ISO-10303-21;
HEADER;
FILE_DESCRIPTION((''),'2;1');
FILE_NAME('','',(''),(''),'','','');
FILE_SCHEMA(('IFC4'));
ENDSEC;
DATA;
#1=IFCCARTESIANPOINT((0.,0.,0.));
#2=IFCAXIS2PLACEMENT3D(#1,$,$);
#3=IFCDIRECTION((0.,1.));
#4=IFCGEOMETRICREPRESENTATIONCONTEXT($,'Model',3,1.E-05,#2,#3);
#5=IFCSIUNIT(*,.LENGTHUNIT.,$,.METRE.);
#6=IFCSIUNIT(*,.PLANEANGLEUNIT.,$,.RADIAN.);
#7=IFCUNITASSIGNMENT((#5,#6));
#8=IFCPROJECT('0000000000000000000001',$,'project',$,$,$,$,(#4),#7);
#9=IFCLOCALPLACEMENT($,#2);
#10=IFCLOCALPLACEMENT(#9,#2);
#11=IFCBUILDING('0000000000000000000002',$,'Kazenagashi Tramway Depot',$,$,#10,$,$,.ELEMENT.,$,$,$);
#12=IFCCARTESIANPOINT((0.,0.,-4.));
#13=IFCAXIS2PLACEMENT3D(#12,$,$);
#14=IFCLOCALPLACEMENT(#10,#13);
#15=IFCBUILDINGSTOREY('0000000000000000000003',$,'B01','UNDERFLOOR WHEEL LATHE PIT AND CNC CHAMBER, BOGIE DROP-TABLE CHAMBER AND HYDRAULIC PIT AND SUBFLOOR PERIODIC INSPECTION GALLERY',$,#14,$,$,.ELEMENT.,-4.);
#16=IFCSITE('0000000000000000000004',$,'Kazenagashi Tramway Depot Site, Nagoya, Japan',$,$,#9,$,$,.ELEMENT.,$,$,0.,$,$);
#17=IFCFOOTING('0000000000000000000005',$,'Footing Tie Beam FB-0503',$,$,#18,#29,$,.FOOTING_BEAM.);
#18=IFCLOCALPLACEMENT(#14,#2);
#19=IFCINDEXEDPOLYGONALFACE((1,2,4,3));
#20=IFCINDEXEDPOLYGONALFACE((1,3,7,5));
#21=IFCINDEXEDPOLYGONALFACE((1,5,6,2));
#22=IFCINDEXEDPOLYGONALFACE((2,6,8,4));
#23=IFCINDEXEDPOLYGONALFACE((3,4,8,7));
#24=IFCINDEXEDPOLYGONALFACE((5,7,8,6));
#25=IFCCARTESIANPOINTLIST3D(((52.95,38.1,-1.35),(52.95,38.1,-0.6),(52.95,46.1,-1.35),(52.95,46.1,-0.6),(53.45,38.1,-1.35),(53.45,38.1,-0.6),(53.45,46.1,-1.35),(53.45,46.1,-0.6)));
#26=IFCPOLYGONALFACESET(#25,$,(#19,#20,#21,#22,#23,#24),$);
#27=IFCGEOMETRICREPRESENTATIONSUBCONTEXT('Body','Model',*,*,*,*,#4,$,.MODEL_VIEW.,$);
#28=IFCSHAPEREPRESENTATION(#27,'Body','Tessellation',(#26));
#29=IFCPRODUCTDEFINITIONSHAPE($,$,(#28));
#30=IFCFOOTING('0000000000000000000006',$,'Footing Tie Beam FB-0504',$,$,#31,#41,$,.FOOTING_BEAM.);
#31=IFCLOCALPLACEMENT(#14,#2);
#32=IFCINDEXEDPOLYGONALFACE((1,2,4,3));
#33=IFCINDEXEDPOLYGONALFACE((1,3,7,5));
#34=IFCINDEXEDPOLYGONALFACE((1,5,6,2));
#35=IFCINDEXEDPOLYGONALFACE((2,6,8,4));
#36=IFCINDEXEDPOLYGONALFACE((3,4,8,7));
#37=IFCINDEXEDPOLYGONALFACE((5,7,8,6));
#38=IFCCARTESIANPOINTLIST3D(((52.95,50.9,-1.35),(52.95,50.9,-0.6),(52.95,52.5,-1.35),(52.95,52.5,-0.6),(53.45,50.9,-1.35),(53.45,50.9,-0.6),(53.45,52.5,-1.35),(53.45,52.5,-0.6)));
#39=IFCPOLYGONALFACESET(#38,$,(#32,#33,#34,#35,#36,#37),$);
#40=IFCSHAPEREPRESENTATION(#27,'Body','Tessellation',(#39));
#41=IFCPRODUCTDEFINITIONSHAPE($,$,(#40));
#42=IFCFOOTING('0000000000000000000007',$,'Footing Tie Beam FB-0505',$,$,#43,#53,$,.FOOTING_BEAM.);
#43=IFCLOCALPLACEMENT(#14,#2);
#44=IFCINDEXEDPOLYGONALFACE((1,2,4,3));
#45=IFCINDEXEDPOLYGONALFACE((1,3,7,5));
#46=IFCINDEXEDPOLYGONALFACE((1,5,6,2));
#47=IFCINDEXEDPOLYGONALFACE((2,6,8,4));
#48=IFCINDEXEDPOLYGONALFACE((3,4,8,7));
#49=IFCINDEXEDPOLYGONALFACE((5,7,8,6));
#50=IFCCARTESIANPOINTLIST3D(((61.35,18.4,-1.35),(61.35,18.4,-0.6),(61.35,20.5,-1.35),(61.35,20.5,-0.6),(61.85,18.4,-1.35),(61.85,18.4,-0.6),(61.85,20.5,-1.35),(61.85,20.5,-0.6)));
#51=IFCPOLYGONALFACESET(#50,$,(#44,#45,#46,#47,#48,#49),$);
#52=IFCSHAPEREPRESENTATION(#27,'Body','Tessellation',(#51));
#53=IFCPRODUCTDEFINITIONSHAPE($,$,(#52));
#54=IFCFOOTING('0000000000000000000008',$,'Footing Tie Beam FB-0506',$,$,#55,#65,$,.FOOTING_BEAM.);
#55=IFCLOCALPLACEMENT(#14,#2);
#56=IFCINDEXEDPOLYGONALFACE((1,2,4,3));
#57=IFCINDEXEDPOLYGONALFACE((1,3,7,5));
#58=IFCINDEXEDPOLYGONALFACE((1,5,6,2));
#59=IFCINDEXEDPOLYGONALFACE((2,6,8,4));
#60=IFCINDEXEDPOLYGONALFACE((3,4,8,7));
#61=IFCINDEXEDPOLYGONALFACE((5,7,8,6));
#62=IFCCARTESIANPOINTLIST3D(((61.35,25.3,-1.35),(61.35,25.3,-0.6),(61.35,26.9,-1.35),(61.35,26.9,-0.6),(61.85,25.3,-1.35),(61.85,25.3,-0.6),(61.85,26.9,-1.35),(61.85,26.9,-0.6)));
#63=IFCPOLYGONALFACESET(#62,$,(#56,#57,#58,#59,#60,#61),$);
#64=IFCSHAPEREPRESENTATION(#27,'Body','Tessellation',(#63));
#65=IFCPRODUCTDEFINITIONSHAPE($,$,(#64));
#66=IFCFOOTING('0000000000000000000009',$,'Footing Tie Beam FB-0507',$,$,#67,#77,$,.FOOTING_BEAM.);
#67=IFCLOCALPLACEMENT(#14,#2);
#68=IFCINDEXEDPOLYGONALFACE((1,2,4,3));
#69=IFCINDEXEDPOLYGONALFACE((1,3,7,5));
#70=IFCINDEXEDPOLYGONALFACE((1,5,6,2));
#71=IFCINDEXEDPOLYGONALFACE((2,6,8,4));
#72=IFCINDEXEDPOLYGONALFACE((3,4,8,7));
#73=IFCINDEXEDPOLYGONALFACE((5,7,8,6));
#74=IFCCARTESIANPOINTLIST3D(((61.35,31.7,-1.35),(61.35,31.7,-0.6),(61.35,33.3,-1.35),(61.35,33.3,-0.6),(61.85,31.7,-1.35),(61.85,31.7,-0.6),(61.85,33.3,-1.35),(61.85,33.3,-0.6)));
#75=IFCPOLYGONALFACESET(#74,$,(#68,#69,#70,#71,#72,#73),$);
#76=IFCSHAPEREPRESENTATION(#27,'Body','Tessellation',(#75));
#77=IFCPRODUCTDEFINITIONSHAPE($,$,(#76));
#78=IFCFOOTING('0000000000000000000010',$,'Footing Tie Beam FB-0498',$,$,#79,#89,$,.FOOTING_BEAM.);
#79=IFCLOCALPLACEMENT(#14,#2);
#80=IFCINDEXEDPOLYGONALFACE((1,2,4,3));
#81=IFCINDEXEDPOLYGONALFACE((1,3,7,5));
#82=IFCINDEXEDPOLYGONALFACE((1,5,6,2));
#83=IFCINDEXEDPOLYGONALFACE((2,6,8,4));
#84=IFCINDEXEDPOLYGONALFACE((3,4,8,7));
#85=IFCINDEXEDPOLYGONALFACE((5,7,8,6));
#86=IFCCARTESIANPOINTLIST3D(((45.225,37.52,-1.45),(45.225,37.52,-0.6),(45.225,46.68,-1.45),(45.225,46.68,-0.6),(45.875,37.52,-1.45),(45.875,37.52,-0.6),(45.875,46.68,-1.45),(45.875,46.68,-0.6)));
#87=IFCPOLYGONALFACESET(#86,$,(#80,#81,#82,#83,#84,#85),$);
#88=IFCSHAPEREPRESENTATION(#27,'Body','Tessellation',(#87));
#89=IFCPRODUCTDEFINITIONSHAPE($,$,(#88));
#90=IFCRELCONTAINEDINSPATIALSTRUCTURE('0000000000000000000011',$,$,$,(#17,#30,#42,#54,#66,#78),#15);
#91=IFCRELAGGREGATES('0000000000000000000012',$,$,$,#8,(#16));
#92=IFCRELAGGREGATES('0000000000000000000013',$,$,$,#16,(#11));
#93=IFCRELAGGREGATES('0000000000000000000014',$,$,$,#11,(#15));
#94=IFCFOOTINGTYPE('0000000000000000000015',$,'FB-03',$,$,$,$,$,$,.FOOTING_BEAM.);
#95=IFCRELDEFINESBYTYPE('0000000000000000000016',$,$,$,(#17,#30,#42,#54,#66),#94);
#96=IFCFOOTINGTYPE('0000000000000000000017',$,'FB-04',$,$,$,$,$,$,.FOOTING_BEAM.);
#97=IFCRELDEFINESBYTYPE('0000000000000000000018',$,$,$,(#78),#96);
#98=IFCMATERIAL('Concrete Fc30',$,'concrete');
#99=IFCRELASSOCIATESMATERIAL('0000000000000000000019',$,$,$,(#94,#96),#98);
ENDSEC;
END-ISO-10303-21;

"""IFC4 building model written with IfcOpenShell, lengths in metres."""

from ifc_helpers import new_model, si_unit, direction, frame, origin, place, context, subcontext, project, spatial, polyline, outline, extrude, material, type_object, element, save


model = new_model("IFC4")

# Units and contexts
model_context = context("Model", 3, precision=1e-05, world=origin(), true_north=direction((0.0, 1.0)))
body_context = subcontext(model_context, "Body", "Model", "MODEL_VIEW")
ifc_project = project(units=[si_unit("LENGTHUNIT", "METRE"), si_unit("PLANEANGLEUNIT", "RADIAN")], contexts=[model_context])

# Site, building, storey
site_placement = place(None, origin())
site = spatial("IfcSite", under=ifc_project, at=site_placement, Name="Kazenagashi Tramway Depot Site, Nagoya, Japan", CompositionType="ELEMENT", RefElevation=0.0)
building_placement = place(site_placement, origin())
building = spatial("IfcBuilding", under=site, at=building_placement, Name="Kazenagashi Tramway Depot", CompositionType="ELEMENT")
storey_placement = place(building_placement, frame((0.0, 0.0, -4.0)))
storey = spatial("IfcBuildingStorey", under=building, at=storey_placement, Name="B01", Description="UNDERFLOOR WHEEL LATHE PIT AND CNC CHAMBER, BOGIE DROP-TABLE CHAMBER AND HYDRAULIC PIT AND SUBFLOOR PERIODIC INSPECTION GALLERY", CompositionType="ELEMENT", Elevation=-4.0)

# Footings
ifc_material = material(Name="Concrete Fc30", Category="concrete")
footing_type_1 = type_object("IfcFootingType", Name="FB-03", PredefinedType="FOOTING_BEAM", material=ifc_material)
footing_1_placement = place(storey_placement, frame((0.0, 0.0, -1.35)))
element("IfcFooting", 1, at=footing_1_placement, inside=storey, type_object=footing_type_1, Name="Footing Tie Beam FB-0503", PredefinedType="FOOTING_BEAM", context=body_context, shape_type="SweptSolid", body=[
    extrude(outline(polyline([(52.95, 38.1), (53.45, 38.1), (53.45, 46.1), (52.95, 46.1), (52.95, 38.1)])), origin(), (0.0, 0.0, 1.0), 0.75),
])
footing_2_placement = place(storey_placement, frame((0.0, 0.0, -1.35)))
element("IfcFooting", 2, at=footing_2_placement, inside=storey, type_object=footing_type_1, Name="Footing Tie Beam FB-0504", PredefinedType="FOOTING_BEAM", context=body_context, shape_type="SweptSolid", body=[
    extrude(outline(polyline([(52.95, 50.9), (53.45, 50.9), (53.45, 52.5), (52.95, 52.5), (52.95, 50.9)])), origin(), (0.0, 0.0, 1.0), 0.75),
])
footing_3_placement = place(storey_placement, frame((0.0, 0.0, -1.35)))
element("IfcFooting", 3, at=footing_3_placement, inside=storey, type_object=footing_type_1, Name="Footing Tie Beam FB-0505", PredefinedType="FOOTING_BEAM", context=body_context, shape_type="SweptSolid", body=[
    extrude(outline(polyline([(61.35, 18.4), (61.85, 18.4), (61.85, 20.5), (61.35, 20.5), (61.35, 18.4)])), origin(), (0.0, 0.0, 1.0), 0.75),
])
footing_4_placement = place(storey_placement, frame((0.0, 0.0, -1.35)))
element("IfcFooting", 4, at=footing_4_placement, inside=storey, type_object=footing_type_1, Name="Footing Tie Beam FB-0506", PredefinedType="FOOTING_BEAM", context=body_context, shape_type="SweptSolid", body=[
    extrude(outline(polyline([(61.35, 25.3), (61.85, 25.3), (61.85, 26.9), (61.35, 26.9), (61.35, 25.3)])), origin(), (0.0, 0.0, 1.0), 0.75),
])
footing_5_placement = place(storey_placement, frame((0.0, 0.0, -1.35)))
element("IfcFooting", 5, at=footing_5_placement, inside=storey, type_object=footing_type_1, Name="Footing Tie Beam FB-0507", PredefinedType="FOOTING_BEAM", context=body_context, shape_type="SweptSolid", body=[
    extrude(outline(polyline([(61.35, 31.7), (61.85, 31.7), (61.85, 33.3), (61.35, 33.3), (61.35, 31.7)])), origin(), (0.0, 0.0, 1.0), 0.75),
])
footing_type_2 = type_object("IfcFootingType", Name="FB-04", PredefinedType="FOOTING_BEAM", material=ifc_material)
footing_6_placement = place(storey_placement, frame((0.0, 0.0, -1.45)))
element("IfcFooting", 6, at=footing_6_placement, inside=storey, type_object=footing_type_2, Name="Footing Tie Beam FB-0498", PredefinedType="FOOTING_BEAM", context=body_context, shape_type="SweptSolid", body=[
    extrude(outline(polyline([(45.225, 37.52), (45.875, 37.52), (45.875, 46.68), (45.225, 46.68), (45.225, 37.52)])), origin(), (0.0, 0.0, 1.0), 0.85),
])

save(model, "model.ifc")
